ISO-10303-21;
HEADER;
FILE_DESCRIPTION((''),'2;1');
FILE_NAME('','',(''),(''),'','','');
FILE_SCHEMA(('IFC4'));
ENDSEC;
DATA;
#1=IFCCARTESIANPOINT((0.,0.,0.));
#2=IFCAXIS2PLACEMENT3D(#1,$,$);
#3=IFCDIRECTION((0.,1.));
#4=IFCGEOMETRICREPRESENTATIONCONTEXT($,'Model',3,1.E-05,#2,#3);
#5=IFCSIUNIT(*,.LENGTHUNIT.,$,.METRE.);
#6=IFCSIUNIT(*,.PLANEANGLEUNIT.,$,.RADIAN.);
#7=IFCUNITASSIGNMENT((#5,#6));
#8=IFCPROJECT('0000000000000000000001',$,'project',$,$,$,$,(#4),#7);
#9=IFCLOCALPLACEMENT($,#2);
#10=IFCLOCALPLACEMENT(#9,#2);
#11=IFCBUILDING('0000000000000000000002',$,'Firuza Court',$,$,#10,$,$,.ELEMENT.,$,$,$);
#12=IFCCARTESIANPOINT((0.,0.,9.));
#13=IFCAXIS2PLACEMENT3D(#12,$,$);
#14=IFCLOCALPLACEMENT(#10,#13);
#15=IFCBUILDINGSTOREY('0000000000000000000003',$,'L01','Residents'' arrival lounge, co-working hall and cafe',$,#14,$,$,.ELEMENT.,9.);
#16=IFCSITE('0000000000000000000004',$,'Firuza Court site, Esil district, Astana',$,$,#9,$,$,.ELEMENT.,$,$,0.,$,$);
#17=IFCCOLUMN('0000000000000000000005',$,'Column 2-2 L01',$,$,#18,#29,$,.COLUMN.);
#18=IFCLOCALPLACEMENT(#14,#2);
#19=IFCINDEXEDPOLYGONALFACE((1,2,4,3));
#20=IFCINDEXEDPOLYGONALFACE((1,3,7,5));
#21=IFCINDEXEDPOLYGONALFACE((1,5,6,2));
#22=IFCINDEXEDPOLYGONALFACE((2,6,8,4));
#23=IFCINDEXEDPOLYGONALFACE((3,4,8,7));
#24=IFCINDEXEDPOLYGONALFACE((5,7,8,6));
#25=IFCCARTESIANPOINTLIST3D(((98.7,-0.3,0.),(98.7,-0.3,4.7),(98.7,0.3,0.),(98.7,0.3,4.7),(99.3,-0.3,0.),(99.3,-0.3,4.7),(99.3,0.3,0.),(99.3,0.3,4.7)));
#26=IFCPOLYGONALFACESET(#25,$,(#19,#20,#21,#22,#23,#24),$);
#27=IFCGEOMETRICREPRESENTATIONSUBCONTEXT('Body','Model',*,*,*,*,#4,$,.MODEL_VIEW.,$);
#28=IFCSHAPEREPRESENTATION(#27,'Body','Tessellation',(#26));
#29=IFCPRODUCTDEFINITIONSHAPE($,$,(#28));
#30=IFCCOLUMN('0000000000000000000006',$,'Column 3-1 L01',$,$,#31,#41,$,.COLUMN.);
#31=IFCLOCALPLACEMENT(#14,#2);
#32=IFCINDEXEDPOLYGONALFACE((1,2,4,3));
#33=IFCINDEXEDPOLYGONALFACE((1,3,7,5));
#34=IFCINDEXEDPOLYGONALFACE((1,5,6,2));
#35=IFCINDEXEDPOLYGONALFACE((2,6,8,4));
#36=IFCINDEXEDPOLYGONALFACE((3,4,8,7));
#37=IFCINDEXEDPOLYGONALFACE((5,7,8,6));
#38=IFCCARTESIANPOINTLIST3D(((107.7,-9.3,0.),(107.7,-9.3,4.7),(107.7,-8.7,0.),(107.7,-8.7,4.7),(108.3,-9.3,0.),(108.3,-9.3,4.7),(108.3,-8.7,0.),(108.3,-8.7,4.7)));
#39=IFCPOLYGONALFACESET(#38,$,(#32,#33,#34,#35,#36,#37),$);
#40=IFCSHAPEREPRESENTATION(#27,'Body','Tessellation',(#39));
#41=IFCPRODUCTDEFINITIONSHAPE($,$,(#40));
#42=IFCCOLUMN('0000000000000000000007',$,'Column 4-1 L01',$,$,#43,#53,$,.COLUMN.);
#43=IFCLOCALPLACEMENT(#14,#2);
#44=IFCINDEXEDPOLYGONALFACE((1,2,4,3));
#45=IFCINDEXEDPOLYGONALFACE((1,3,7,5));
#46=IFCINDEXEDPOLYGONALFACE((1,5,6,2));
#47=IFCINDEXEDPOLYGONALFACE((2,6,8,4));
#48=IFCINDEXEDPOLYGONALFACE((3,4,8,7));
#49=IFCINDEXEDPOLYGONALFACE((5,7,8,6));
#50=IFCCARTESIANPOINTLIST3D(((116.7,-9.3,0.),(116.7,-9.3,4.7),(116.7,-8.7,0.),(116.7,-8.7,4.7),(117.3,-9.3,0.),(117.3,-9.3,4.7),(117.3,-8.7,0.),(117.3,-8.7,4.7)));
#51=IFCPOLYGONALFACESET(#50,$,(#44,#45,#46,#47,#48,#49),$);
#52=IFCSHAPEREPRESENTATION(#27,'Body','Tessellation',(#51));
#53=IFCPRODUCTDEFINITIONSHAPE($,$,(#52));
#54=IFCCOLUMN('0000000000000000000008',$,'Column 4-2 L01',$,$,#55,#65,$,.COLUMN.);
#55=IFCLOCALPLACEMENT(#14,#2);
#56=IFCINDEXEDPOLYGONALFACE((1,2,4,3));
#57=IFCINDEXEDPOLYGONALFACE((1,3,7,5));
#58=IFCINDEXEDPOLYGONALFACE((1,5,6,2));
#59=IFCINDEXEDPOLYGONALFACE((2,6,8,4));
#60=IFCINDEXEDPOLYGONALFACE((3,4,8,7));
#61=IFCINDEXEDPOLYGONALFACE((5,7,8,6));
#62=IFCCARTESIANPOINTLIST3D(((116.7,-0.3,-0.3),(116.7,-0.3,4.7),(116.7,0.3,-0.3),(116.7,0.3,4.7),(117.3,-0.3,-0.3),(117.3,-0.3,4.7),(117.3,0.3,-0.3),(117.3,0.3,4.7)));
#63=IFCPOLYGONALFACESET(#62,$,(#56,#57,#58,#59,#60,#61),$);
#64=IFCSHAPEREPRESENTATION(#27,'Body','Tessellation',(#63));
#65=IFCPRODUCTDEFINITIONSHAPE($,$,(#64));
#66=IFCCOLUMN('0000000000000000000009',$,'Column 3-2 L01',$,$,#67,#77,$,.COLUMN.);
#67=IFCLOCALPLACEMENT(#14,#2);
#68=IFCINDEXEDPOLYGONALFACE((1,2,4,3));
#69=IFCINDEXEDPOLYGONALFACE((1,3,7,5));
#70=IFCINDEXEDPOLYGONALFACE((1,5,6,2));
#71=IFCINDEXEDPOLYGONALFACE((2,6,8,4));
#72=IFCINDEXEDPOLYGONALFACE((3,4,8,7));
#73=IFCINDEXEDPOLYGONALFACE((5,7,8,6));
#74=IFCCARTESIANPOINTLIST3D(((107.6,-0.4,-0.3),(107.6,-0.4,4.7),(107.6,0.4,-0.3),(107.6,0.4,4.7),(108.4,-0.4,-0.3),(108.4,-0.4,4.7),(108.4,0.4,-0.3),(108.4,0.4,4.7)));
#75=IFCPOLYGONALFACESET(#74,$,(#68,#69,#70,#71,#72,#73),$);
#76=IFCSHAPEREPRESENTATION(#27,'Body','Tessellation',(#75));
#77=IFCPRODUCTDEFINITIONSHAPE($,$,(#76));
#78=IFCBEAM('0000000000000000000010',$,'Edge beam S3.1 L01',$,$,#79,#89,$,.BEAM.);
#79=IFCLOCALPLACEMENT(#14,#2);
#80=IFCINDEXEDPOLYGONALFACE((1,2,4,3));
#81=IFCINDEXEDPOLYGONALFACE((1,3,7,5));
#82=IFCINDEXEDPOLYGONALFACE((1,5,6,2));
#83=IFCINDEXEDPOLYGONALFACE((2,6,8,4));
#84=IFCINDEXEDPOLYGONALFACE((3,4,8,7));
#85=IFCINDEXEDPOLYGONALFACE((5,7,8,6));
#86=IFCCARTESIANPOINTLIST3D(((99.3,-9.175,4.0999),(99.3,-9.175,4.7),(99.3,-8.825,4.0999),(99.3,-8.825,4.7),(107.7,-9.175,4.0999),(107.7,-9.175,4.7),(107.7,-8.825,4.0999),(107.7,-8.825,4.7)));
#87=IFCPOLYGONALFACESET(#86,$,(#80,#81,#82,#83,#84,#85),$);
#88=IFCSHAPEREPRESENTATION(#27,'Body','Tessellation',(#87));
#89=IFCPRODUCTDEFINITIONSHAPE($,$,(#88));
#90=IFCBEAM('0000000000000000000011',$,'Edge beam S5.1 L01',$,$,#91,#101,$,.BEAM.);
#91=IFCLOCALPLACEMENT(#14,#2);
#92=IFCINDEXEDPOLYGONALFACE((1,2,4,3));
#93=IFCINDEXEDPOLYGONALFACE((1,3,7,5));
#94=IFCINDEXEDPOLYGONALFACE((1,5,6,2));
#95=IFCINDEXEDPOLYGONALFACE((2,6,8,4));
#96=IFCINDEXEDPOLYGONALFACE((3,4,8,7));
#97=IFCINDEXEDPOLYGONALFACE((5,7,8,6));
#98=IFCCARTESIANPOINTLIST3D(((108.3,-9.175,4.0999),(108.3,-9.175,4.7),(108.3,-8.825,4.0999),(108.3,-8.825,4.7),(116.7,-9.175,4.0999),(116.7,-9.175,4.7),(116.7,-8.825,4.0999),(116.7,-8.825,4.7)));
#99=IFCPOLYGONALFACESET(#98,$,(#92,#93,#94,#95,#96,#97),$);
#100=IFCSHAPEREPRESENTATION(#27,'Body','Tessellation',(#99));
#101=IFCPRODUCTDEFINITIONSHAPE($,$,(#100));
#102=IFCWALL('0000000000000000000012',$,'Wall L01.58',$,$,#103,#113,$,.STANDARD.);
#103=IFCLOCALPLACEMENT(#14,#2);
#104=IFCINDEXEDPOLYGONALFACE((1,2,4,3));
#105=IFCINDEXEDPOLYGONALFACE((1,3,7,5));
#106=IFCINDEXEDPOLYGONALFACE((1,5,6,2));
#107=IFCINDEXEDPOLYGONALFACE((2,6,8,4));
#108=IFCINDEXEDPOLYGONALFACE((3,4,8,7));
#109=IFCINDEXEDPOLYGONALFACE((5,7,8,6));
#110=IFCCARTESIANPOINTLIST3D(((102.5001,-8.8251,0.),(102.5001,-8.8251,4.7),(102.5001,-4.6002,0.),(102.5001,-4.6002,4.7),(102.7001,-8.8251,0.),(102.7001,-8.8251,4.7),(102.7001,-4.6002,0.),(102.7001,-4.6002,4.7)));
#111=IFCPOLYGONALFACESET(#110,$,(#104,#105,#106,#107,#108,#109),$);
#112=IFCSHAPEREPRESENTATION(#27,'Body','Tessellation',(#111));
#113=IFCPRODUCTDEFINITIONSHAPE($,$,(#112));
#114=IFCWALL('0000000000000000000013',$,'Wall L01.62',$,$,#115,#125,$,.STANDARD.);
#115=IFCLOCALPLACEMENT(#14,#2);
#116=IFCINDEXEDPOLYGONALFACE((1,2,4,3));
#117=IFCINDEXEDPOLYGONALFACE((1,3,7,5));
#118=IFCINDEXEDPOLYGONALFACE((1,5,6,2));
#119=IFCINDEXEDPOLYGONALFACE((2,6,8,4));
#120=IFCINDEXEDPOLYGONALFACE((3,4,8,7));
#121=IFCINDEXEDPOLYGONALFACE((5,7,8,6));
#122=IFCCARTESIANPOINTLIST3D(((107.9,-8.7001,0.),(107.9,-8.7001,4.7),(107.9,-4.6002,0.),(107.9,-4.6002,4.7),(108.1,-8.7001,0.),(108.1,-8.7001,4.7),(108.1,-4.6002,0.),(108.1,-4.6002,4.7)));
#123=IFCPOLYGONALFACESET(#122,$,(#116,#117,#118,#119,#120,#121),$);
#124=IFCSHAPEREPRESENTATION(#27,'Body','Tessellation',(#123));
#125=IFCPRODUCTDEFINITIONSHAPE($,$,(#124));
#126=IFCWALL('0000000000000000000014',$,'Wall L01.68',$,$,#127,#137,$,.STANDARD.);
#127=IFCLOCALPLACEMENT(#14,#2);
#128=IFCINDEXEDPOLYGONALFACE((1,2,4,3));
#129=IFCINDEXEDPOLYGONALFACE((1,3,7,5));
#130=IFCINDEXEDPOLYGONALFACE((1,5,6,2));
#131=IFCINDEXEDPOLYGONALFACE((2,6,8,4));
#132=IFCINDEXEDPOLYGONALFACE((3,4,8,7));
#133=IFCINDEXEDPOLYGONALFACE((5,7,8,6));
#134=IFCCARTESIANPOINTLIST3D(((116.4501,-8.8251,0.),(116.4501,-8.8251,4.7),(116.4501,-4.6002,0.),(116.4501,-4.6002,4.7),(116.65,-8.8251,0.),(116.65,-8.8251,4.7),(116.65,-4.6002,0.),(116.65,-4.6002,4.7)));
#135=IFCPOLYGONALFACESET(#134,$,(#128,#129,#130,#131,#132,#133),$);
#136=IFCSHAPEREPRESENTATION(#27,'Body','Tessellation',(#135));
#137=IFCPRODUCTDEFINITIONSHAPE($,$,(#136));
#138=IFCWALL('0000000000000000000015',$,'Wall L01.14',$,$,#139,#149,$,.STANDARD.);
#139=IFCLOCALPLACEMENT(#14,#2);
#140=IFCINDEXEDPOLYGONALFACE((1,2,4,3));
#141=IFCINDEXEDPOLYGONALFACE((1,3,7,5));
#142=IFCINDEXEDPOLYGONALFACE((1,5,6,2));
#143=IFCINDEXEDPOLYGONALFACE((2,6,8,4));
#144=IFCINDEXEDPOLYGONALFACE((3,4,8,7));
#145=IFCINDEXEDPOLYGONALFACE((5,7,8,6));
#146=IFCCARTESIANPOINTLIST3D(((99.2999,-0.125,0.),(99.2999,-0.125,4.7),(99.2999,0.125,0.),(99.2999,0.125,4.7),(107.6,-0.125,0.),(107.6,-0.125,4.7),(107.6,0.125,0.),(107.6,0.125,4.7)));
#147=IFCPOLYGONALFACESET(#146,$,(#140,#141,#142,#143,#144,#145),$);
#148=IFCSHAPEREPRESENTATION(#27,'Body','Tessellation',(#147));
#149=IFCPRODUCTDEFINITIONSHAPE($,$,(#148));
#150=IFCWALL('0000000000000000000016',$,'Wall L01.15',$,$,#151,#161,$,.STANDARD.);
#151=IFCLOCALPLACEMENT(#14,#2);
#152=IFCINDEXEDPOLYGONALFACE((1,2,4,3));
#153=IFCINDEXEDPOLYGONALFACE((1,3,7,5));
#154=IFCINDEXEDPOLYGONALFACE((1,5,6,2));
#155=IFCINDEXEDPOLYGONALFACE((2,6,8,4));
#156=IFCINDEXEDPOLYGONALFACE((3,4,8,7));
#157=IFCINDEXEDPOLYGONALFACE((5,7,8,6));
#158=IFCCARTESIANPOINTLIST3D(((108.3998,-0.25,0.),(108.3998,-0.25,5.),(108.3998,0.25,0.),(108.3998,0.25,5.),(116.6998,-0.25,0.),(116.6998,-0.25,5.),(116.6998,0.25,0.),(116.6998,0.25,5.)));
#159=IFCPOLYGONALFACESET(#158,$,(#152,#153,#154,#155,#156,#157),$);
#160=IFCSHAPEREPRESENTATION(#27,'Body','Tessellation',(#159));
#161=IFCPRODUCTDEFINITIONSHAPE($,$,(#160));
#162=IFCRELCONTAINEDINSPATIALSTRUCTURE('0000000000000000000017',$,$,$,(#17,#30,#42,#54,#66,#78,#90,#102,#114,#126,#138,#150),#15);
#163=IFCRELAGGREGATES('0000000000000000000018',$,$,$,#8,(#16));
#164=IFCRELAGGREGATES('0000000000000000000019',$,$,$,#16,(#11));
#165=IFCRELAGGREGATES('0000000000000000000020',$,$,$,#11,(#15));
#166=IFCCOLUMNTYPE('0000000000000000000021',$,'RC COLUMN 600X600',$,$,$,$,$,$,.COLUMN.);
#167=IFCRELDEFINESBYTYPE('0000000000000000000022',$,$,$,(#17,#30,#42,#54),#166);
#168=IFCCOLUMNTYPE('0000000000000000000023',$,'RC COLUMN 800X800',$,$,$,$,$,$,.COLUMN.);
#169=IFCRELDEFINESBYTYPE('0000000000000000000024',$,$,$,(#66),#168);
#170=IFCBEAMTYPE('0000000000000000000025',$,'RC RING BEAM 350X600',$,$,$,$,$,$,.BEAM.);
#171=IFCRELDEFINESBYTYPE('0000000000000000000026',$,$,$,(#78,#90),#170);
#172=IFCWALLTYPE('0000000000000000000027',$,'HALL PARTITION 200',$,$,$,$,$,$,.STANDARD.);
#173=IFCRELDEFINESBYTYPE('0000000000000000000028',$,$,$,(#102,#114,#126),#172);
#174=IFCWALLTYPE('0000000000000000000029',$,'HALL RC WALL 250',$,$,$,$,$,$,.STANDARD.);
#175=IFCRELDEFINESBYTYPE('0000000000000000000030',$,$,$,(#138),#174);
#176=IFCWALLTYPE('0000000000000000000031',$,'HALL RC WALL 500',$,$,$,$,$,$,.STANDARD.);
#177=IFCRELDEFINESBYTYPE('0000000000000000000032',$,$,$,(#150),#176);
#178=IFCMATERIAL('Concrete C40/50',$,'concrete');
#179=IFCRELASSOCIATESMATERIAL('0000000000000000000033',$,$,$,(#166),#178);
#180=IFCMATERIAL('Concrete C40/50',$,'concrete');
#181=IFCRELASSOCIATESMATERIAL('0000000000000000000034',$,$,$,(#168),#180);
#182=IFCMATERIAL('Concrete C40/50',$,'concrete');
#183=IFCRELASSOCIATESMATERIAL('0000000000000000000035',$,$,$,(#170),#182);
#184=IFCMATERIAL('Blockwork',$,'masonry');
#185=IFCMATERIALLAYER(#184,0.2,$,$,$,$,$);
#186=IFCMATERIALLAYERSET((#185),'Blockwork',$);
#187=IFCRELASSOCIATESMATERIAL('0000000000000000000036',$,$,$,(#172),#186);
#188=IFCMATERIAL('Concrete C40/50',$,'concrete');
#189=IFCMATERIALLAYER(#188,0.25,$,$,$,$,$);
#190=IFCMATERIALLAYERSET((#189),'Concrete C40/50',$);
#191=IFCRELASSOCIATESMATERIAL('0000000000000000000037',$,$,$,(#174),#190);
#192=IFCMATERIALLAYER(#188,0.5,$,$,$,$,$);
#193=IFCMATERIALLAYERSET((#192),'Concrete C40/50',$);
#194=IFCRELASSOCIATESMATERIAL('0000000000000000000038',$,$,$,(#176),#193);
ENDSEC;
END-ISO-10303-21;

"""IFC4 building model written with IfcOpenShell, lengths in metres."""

from ifc_helpers import new_model, si_unit, direction, frame, frame_2d, origin, origin_2d, place, context, subcontext, project, spatial, rectangle, extrude, material, layer, layer_set, material_profile, profile_set, type_object, element, save


model = new_model("IFC4")

# Units and contexts
model_context = context("Model", 3, precision=1e-05, world=origin(), true_north=direction((0.0, 1.0)))
body_context = subcontext(model_context, "Body", "Model", "MODEL_VIEW")
ifc_project = project(units=[si_unit("LENGTHUNIT", "METRE"), si_unit("PLANEANGLEUNIT", "RADIAN")], contexts=[model_context])

# Site, building, storey
site_placement = place(None, origin())
site = spatial("IfcSite", under=ifc_project, at=site_placement, Name="Firuza Court site, Esil district, Astana", CompositionType="ELEMENT", RefElevation=0.0)
building_placement = place(site_placement, origin())
building = spatial("IfcBuilding", under=site, at=building_placement, Name="Firuza Court", CompositionType="ELEMENT")
storey_placement = place(building_placement, frame((0.0, 0.0, 9.0)))
storey = spatial("IfcBuildingStorey", under=building, at=storey_placement, Name="L01", Description="Residents' arrival lounge, co-working hall and cafe", CompositionType="ELEMENT", Elevation=9.0)

# Columns
ifc_material_1 = material(Name="Concrete C40/50", Category="concrete")
ifc_material_profile_1 = material_profile(ifc_material_1, rectangle(XDim=0.6001, YDim=0.6001, at=origin_2d()), Name="RC 600X600")
ifc_profile_set_1 = profile_set([ifc_material_profile_1], Name="Concrete C40/50")
column_type_1 = type_object("IfcColumnType", Name="RC COLUMN 600X600", PredefinedType="COLUMN", material=ifc_profile_set_1)
for number, where, z_axis, x_axis, name in (
    (1, (99.0, 0.0, 0.0), (0.0, 0.0, 1.0), (1.0, 0.0, 0.0), "Column 2-2 L01"),
    (2, (108.0, -9.0, 0.0), (0.0, 0.0, 1.0), (1.0, 0.0, 0.0), "Column 3-1 L01"),
    (3, (117.0, -9.0, 0.0), (0.0, 0.0, 1.0), (1.0, 0.0, 0.0), "Column 4-1 L01"),
):
    element("IfcColumn", number, at=place(storey_placement, frame(where, z_axis=z_axis, x_axis=x_axis)), inside=storey, type_object=column_type_1, Name=name, PredefinedType="COLUMN", context=body_context, shape_type="SweptSolid", body=[
        extrude(rectangle(XDim=0.6001, YDim=0.6001, at=origin_2d()), origin(), (0.0, 0.0, 1.0), 4.7),
    ])
column_1_placement = place(storey_placement, frame((117.0, 0.0, -0.3), z_axis=(0.0, 0.0, 1.0), x_axis=(1.0, 0.0, 0.0)))
element("IfcColumn", 4, at=column_1_placement, inside=storey, type_object=column_type_1, Name="Column 4-2 L01", PredefinedType="COLUMN", context=body_context, shape_type="SweptSolid", body=[
    extrude(rectangle(XDim=0.6001, YDim=0.6001, at=origin_2d()), origin(), (0.0, 0.0, 1.0), 5.0),
])
ifc_material_2 = material(Name="Concrete C40/50", Category="concrete")
ifc_material_profile_2 = material_profile(ifc_material_2, rectangle(XDim=0.8, YDim=0.8, at=origin_2d()), Name="RC 800X800")
ifc_profile_set_2 = profile_set([ifc_material_profile_2], Name="Concrete C40/50")
column_type_2 = type_object("IfcColumnType", Name="RC COLUMN 800X800", PredefinedType="COLUMN", material=ifc_profile_set_2)
column_2_placement = place(storey_placement, frame((108.0, 0.0, -0.3), z_axis=(0.0, 0.0, 1.0), x_axis=(1.0, 0.0, 0.0)))
element("IfcColumn", 5, at=column_2_placement, inside=storey, type_object=column_type_2, Name="Column 3-2 L01", PredefinedType="COLUMN", context=body_context, shape_type="SweptSolid", body=[
    extrude(rectangle(XDim=0.8, YDim=0.8, at=origin_2d()), origin(), (0.0, 0.0, 1.0), 5.0),
])

# Beams
ifc_material_3 = material(Name="Concrete C40/50", Category="concrete")
ifc_material_profile_3 = material_profile(ifc_material_3, rectangle(XDim=0.3501, YDim=0.6001, at=origin_2d()), Name="RC 350X600")
ifc_profile_set_3 = profile_set([ifc_material_profile_3], Name="Concrete C40/50")
beam_type = type_object("IfcBeamType", Name="RC RING BEAM 350X600", PredefinedType="BEAM", material=ifc_profile_set_3)
for number, where, z_axis, x_axis, name in (
    (6, (99.3, -9.0, 4.3999), (1.0, 0.0, 0.0), (0.0, 1.0, 0.0), "Edge beam S3.1 L01"),
    (7, (108.3, -9.0, 4.3999), (1.0, 0.0, 0.0), (0.0, 1.0, 0.0), "Edge beam S5.1 L01"),
):
    element("IfcBeam", number, at=place(storey_placement, frame(where, z_axis=z_axis, x_axis=x_axis)), inside=storey, type_object=beam_type, Name=name, PredefinedType="BEAM", context=body_context, shape_type="SweptSolid", body=[
        extrude(rectangle(XDim=0.3501, YDim=0.6001, at=origin_2d()), origin(), (0.0, 0.0, 1.0), 8.3999),
    ])

# Walls
ifc_material_4 = material(Name="Blockwork", Category="masonry")
ifc_layer_1 = layer(ifc_material_4, 0.2)
ifc_layer_set_1 = layer_set([ifc_layer_1], Name="Blockwork")
wall_type_1 = type_object("IfcWallType", Name="HALL PARTITION 200", PredefinedType="STANDARD", material=ifc_layer_set_1)
wall_1_placement = place(storey_placement, frame((102.6001, -8.825, 0.0), z_axis=(0.0, 0.0, 1.0), x_axis=(0.0, 1.0, 0.0)))
element("IfcWall", 8, at=wall_1_placement, inside=storey, type_object=wall_type_1, Name="Wall L01.58", PredefinedType="STANDARD", context=body_context, shape_type="SweptSolid", body=[
    extrude(rectangle(XDim=4.2249, YDim=0.2, at=frame_2d((2.1123, 0.0))), origin(), (0.0, 0.0, 1.0), 4.7),
])
wall_2_placement = place(storey_placement, frame((108.0, -8.7, 0.0), z_axis=(0.0, 0.0, 1.0), x_axis=(0.0, 1.0, 0.0)))
element("IfcWall", 9, at=wall_2_placement, inside=storey, type_object=wall_type_1, Name="Wall L01.62", PredefinedType="STANDARD", context=body_context, shape_type="SweptSolid", body=[
    extrude(rectangle(XDim=4.0999, YDim=0.2, at=frame_2d((2.0498, 0.0))), origin(), (0.0, 0.0, 1.0), 4.7),
])
wall_3_placement = place(storey_placement, frame((116.55, -8.825, 0.0), z_axis=(0.0, 0.0, 1.0), x_axis=(0.0, 1.0, 0.0)))
element("IfcWall", 10, at=wall_3_placement, inside=storey, type_object=wall_type_1, Name="Wall L01.68", PredefinedType="STANDARD", context=body_context, shape_type="SweptSolid", body=[
    extrude(rectangle(XDim=4.2249, YDim=0.2, at=frame_2d((2.1123, 0.0))), origin(), (0.0, 0.0, 1.0), 4.7),
])
ifc_material_5 = material(Name="Concrete C40/50", Category="concrete")
ifc_layer_2 = layer(ifc_material_5, 0.25)
ifc_layer_set_2 = layer_set([ifc_layer_2], Name="Concrete C40/50")
wall_type_2 = type_object("IfcWallType", Name="HALL RC WALL 250", PredefinedType="STANDARD", material=ifc_layer_set_2)
wall_4_placement = place(storey_placement, frame((99.3, 0.0, 0.0), z_axis=(0.0, 0.0, 1.0), x_axis=(1.0, 0.0, 0.0)))
element("IfcWall", 11, at=wall_4_placement, inside=storey, type_object=wall_type_2, Name="Wall L01.14", PredefinedType="STANDARD", context=body_context, shape_type="SweptSolid", body=[
    extrude(rectangle(XDim=8.3, YDim=0.25, at=frame_2d((4.1499, 0.0))), origin(), (0.0, 0.0, 1.0), 4.7),
])
ifc_layer_3 = layer(ifc_material_5, 0.5)
ifc_layer_set_3 = layer_set([ifc_layer_3], Name="Concrete C40/50")
wall_type_3 = type_object("IfcWallType", Name="HALL RC WALL 500", PredefinedType="STANDARD", material=ifc_layer_set_3)
wall_5_placement = place(storey_placement, frame((108.3999, 0.0, 0.0), z_axis=(0.0, 0.0, 1.0), x_axis=(1.0, 0.0, 0.0)))
element("IfcWall", 12, at=wall_5_placement, inside=storey, type_object=wall_type_3, Name="Wall L01.15", PredefinedType="STANDARD", context=body_context, shape_type="SweptSolid", body=[
    extrude(rectangle(XDim=8.3, YDim=0.5, at=frame_2d((4.1499, 0.0))), origin(), (0.0, 0.0, 1.0), 5.0),
])

save(model, "model.ifc")
